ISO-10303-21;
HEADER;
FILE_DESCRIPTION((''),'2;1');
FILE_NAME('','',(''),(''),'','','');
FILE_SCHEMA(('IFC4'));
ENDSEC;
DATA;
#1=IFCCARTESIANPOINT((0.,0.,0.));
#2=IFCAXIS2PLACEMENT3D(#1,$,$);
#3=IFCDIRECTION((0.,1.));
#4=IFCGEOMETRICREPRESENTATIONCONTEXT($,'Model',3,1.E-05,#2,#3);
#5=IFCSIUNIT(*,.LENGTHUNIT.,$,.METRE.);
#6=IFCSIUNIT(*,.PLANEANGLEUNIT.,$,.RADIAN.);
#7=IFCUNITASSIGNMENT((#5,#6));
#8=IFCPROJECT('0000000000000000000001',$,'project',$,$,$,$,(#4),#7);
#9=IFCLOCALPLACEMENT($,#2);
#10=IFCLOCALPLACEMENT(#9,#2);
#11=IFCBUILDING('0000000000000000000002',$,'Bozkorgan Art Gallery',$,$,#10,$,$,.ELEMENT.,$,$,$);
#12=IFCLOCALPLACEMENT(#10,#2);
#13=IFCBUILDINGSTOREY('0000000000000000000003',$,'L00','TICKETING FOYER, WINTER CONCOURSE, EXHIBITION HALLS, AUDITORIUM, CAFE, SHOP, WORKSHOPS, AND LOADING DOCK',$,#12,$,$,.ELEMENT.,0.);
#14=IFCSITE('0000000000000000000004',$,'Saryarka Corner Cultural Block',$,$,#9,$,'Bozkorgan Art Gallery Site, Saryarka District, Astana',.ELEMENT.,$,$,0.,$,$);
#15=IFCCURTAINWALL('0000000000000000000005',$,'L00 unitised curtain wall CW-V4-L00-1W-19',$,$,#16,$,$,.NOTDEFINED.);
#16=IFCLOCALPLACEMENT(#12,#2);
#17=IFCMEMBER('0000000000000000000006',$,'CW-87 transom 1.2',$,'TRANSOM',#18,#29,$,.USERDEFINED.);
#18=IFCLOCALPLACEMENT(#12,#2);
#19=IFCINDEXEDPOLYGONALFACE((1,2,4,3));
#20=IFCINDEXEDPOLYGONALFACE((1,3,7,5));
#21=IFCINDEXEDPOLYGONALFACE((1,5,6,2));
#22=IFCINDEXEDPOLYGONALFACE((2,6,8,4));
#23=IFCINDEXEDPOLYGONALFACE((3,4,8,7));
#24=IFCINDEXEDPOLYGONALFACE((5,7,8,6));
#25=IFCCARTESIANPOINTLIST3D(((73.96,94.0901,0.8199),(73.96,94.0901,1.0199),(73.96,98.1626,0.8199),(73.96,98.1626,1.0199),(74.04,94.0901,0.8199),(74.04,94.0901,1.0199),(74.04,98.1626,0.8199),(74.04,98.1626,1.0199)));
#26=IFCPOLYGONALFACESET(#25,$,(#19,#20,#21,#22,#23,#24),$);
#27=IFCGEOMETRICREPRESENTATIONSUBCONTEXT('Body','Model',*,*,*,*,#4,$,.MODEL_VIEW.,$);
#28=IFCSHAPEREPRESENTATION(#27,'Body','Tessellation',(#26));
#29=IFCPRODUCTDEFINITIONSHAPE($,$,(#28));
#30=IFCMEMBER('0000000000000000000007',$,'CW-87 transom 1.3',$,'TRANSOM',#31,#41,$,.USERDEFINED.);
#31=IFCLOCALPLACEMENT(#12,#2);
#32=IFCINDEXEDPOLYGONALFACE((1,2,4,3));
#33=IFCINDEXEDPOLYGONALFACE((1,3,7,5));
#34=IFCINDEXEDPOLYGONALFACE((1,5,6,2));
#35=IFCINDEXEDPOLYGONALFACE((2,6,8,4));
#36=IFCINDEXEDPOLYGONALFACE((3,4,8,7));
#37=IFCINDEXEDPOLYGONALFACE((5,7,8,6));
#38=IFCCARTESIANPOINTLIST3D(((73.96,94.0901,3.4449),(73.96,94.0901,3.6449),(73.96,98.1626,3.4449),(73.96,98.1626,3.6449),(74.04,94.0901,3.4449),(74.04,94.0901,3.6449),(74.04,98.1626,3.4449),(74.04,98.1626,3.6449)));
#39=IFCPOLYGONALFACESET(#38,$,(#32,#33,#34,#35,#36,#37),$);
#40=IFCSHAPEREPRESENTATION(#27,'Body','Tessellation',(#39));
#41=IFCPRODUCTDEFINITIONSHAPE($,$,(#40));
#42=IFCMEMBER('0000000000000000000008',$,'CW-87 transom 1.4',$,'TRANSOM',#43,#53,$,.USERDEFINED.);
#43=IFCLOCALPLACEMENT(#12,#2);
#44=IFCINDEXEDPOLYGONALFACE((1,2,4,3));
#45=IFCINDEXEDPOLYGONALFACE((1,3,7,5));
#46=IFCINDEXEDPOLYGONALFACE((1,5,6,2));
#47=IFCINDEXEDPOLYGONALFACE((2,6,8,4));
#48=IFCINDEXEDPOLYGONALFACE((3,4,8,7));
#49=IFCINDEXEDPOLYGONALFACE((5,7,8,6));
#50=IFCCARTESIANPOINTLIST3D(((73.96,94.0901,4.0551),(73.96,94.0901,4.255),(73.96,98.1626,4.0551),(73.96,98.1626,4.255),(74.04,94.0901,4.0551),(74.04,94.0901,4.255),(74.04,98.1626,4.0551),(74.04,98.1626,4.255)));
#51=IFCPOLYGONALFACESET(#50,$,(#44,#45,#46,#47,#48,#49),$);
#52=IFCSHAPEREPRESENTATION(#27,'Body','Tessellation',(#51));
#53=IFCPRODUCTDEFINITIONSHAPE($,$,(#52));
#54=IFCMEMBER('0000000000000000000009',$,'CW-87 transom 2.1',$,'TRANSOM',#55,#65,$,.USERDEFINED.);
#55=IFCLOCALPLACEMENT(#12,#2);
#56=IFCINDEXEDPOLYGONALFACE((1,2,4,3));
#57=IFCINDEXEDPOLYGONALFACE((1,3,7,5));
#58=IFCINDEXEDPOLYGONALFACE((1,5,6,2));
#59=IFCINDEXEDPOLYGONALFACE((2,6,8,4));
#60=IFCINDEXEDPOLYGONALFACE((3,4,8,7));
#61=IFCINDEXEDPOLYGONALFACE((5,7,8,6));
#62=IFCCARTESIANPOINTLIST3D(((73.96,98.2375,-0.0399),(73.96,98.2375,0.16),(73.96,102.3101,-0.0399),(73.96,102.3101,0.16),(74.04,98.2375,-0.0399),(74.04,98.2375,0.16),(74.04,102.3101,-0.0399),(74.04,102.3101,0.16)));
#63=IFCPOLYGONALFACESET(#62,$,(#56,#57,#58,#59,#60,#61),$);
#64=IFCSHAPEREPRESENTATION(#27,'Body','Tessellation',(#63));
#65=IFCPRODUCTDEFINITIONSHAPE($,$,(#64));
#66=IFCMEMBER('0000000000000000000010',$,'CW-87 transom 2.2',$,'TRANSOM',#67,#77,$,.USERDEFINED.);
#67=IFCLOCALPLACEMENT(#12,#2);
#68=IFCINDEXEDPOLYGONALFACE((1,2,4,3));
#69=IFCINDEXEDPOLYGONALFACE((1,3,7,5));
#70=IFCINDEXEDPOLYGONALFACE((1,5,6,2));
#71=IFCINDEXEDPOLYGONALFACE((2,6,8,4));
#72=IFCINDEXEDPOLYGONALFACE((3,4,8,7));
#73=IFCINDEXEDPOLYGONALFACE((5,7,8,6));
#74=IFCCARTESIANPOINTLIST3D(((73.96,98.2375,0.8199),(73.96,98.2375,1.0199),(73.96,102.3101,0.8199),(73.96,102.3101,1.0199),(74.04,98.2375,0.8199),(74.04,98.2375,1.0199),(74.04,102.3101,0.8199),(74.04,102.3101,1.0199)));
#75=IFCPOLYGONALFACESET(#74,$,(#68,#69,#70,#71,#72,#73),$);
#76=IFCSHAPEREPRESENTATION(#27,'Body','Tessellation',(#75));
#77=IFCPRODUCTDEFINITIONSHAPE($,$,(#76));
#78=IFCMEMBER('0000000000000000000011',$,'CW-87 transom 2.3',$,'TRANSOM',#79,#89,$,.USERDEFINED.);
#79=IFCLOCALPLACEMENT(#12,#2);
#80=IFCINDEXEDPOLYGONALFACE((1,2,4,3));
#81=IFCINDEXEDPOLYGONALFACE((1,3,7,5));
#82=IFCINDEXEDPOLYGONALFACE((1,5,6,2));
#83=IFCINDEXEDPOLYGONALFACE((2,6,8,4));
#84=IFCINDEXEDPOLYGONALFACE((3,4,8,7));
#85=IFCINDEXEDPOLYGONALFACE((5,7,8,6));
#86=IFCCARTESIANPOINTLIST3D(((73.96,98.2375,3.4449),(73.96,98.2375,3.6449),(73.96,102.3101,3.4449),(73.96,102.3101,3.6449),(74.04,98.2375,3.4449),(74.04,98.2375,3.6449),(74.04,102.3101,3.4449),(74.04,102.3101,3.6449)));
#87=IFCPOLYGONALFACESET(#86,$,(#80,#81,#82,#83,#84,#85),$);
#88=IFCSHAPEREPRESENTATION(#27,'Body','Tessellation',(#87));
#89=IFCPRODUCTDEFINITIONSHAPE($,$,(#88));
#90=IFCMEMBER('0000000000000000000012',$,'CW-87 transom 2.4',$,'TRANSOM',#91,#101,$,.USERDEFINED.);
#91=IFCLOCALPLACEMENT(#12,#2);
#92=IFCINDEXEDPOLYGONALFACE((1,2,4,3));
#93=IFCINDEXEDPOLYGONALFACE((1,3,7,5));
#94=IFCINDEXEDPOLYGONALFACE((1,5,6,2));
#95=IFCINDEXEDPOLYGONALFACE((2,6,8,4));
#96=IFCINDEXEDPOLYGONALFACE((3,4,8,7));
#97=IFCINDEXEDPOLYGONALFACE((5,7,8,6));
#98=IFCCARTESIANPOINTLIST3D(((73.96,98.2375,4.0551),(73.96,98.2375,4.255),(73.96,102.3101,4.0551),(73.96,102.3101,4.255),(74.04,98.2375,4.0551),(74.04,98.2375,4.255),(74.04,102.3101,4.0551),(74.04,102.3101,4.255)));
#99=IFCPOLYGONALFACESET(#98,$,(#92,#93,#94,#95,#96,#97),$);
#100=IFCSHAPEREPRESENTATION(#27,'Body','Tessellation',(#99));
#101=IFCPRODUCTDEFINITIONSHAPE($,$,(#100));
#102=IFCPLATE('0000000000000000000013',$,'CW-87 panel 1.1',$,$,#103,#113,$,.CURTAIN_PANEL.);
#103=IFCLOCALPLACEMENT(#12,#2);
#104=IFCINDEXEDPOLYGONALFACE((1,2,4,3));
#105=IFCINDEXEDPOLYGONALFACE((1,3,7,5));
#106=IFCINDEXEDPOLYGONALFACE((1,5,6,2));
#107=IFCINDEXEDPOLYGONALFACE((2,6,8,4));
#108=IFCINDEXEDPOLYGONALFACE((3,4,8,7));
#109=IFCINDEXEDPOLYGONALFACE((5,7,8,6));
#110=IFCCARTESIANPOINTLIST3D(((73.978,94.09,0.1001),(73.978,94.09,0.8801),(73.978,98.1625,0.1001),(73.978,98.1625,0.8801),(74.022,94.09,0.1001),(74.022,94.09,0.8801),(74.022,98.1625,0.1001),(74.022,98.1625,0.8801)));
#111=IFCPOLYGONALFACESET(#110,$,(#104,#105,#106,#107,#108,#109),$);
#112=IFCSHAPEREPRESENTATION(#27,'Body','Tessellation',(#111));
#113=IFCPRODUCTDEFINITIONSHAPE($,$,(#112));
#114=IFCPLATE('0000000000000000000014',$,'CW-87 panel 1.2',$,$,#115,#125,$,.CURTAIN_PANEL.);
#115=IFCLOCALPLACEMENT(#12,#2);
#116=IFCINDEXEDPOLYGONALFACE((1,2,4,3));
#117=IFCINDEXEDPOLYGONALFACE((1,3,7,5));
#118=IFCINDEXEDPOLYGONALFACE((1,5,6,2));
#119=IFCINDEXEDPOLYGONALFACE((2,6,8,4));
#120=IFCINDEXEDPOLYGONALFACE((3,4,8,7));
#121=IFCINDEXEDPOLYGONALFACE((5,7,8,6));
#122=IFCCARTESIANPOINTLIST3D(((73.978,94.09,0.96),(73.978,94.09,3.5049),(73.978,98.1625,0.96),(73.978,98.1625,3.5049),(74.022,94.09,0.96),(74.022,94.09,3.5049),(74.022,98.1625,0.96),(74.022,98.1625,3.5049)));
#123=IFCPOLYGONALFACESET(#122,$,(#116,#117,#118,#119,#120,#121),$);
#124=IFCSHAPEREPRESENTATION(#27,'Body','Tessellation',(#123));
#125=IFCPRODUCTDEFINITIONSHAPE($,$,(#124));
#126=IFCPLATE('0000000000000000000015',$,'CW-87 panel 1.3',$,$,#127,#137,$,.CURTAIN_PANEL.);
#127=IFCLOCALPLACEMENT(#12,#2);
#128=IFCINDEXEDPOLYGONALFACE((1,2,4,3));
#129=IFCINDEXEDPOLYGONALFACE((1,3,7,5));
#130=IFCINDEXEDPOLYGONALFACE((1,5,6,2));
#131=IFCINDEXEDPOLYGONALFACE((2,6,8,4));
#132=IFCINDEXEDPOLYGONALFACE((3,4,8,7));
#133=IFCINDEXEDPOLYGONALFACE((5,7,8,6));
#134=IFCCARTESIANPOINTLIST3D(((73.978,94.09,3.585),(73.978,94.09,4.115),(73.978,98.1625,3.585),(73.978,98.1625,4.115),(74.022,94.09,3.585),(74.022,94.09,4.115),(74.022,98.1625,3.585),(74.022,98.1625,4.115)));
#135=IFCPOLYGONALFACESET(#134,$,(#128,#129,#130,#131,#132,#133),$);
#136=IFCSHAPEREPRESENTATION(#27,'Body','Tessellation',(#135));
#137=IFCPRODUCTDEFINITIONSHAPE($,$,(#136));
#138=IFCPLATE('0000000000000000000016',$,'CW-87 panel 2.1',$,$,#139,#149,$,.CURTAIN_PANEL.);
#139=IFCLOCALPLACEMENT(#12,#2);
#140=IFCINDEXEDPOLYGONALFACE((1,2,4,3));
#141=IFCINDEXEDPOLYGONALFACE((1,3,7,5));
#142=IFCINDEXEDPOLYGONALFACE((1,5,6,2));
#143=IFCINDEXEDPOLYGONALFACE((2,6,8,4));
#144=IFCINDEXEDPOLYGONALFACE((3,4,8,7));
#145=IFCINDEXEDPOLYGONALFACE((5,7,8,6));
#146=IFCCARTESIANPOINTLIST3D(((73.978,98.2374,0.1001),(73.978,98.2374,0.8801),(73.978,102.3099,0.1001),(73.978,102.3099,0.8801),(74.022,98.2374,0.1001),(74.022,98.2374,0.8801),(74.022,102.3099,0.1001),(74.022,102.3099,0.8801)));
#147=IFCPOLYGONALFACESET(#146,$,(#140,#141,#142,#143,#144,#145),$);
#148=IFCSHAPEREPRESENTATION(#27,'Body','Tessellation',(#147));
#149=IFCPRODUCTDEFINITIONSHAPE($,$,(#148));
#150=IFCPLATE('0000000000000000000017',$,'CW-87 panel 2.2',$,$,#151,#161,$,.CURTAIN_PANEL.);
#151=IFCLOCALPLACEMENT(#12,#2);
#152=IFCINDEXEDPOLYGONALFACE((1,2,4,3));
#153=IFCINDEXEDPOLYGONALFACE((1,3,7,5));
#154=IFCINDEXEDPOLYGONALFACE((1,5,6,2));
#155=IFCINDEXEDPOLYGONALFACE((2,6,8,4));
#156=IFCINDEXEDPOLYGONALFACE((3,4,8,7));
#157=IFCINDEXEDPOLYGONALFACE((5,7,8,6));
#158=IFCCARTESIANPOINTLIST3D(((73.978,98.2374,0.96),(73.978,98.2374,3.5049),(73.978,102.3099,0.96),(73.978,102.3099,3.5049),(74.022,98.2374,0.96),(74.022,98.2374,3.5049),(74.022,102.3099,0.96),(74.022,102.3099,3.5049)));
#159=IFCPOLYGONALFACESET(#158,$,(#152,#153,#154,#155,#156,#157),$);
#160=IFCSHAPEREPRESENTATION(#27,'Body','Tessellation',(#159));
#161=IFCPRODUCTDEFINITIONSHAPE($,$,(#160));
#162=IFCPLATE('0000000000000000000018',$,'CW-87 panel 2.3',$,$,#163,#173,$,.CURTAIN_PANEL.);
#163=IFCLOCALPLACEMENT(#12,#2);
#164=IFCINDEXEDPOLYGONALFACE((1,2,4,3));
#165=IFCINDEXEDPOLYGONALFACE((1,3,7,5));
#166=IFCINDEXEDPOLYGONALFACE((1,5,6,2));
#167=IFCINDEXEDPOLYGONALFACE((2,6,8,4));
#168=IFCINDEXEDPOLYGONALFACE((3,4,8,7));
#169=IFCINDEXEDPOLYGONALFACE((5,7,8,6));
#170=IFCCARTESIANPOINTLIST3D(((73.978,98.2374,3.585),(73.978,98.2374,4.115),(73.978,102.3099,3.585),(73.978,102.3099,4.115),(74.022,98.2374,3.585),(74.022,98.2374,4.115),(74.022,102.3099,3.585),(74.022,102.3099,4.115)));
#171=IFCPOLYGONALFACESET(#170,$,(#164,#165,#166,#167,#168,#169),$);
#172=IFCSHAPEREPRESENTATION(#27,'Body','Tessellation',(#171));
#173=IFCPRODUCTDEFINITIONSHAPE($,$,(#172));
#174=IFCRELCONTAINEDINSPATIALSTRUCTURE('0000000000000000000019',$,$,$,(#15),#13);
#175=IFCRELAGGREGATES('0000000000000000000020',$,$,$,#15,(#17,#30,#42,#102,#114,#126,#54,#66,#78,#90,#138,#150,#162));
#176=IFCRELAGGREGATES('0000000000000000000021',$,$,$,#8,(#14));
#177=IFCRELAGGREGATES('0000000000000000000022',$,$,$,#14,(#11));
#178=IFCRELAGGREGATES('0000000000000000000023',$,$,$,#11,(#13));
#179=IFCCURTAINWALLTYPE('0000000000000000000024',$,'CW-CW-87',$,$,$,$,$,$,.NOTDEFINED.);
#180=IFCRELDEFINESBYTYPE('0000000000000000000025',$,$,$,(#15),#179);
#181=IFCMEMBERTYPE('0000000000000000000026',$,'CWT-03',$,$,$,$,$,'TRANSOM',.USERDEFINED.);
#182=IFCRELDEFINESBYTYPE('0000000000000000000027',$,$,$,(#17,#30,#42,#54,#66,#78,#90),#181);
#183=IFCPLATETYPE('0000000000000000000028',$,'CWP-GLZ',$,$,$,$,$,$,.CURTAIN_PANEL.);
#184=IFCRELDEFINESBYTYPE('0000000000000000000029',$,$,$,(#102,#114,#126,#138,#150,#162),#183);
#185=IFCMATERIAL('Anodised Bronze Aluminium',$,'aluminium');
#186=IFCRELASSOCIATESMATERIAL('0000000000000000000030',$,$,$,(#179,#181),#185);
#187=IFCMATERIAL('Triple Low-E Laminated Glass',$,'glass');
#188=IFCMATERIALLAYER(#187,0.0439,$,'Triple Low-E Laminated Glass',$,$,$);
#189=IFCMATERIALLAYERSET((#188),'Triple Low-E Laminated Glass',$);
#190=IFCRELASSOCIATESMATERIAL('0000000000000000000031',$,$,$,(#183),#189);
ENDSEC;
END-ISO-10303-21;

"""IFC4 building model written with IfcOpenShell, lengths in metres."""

from ifc_helpers import new_model, si_unit, direction, frame, origin, origin_2d, place, context, subcontext, project, spatial, rectangle, extrude, material, layer, layer_set, material_profile, profile_set, type_object, element, aggregate, save


model = new_model("IFC4")

# Units and contexts
model_context = context("Model", 3, precision=1e-05, world=origin(), true_north=direction((0.0, 1.0)))
body_context = subcontext(model_context, "Body", "Model", "MODEL_VIEW")
ifc_project = project(units=[si_unit("LENGTHUNIT", "METRE"), si_unit("PLANEANGLEUNIT", "RADIAN")], contexts=[model_context])

# Site, building, storey
site_placement = place(None, origin())
site = spatial("IfcSite", under=ifc_project, at=site_placement, Name="Saryarka Corner Cultural Block", LongName="Bozkorgan Art Gallery Site, Saryarka District, Astana", CompositionType="ELEMENT", RefElevation=0.0)
building_placement = place(site_placement, origin())
building = spatial("IfcBuilding", under=site, at=building_placement, Name="Bozkorgan Art Gallery", CompositionType="ELEMENT")
storey_placement = place(building_placement, origin())
storey = spatial("IfcBuildingStorey", under=building, at=storey_placement, Name="L00", Description="TICKETING FOYER, WINTER CONCOURSE, EXHIBITION HALLS, AUDITORIUM, CAFE, SHOP, WORKSHOPS, AND LOADING DOCK", CompositionType="ELEMENT", Elevation=0.0)

# Curtain wall, members, plates
ifc_material_1 = material(Name="Anodised Bronze Aluminium", Category="aluminium")
curtain_wall_type = type_object("IfcCurtainWallType", Name="CW-CW-87", PredefinedType="NOTDEFINED", material=ifc_material_1)
curtain_wall_placement = place(storey_placement, origin())
curtain_wall = element("IfcCurtainWall", 1, at=curtain_wall_placement, inside=storey, type_object=curtain_wall_type, Name="L00 unitised curtain wall CW-V4-L00-1W-19", PredefinedType="NOTDEFINED")
ifc_material_profile_1 = material_profile(ifc_material_1, rectangle(XDim=0.0801, YDim=0.2, at=origin_2d()), Name="ALU TRANSOM 80x200")
ifc_profile_set_1 = profile_set([ifc_material_profile_1], Name="Anodised Bronze Aluminium")
member_type_1 = type_object("IfcMemberType", Name="CWT-03", ElementType="TRANSOM", PredefinedType="USERDEFINED", material=ifc_profile_set_1)
member_1_placement = place(storey_placement, frame((74.0, 94.0901, 0.9199), z_axis=(0.0, 1.0, 0.0), x_axis=(-1.0, 0.0, 0.0)))
member_1 = element("IfcMember", 2, at=member_1_placement, type_object=member_type_1, Name="CW-87 transom 1.2", ObjectType="TRANSOM", PredefinedType="USERDEFINED", context=body_context, shape_type="SweptSolid", body=[
    extrude(rectangle(XDim=0.0801, YDim=0.2, at=origin_2d()), origin(), (0.0, 0.0, 1.0), 4.0725),
])
member_2_placement = place(storey_placement, frame((74.0, 94.0901, 3.5449), z_axis=(0.0, 1.0, 0.0), x_axis=(-1.0, 0.0, 0.0)))
member_2 = element("IfcMember", 3, at=member_2_placement, type_object=member_type_1, Name="CW-87 transom 1.3", ObjectType="TRANSOM", PredefinedType="USERDEFINED", context=body_context, shape_type="SweptSolid", body=[
    extrude(rectangle(XDim=0.0801, YDim=0.2, at=origin_2d()), origin(), (0.0, 0.0, 1.0), 4.0725),
])
member_3_placement = place(storey_placement, frame((74.0, 94.0901, 4.155), z_axis=(0.0, 1.0, 0.0), x_axis=(-1.0, 0.0, 0.0)))
member_3 = element("IfcMember", 4, at=member_3_placement, type_object=member_type_1, Name="CW-87 transom 1.4", ObjectType="TRANSOM", PredefinedType="USERDEFINED", context=body_context, shape_type="SweptSolid", body=[
    extrude(rectangle(XDim=0.0801, YDim=0.2, at=origin_2d()), origin(), (0.0, 0.0, 1.0), 4.0725),
])
member_4_placement = place(storey_placement, frame((74.0, 98.2375, 0.0601), z_axis=(0.0, 1.0, 0.0), x_axis=(-1.0, 0.0, 0.0)))
member_4 = element("IfcMember", 5, at=member_4_placement, type_object=member_type_1, Name="CW-87 transom 2.1", ObjectType="TRANSOM", PredefinedType="USERDEFINED", context=body_context, shape_type="SweptSolid", body=[
    extrude(rectangle(XDim=0.0801, YDim=0.2, at=origin_2d()), origin(), (0.0, 0.0, 1.0), 4.0725),
])
member_5_placement = place(storey_placement, frame((74.0, 98.2375, 0.9199), z_axis=(0.0, 1.0, 0.0), x_axis=(-1.0, 0.0, 0.0)))
member_5 = element("IfcMember", 6, at=member_5_placement, type_object=member_type_1, Name="CW-87 transom 2.2", ObjectType="TRANSOM", PredefinedType="USERDEFINED", context=body_context, shape_type="SweptSolid", body=[
    extrude(rectangle(XDim=0.0801, YDim=0.2, at=origin_2d()), origin(), (0.0, 0.0, 1.0), 4.0725),
])
member_6_placement = place(storey_placement, frame((74.0, 98.2375, 3.5449), z_axis=(0.0, 1.0, 0.0), x_axis=(-1.0, 0.0, 0.0)))
member_6 = element("IfcMember", 7, at=member_6_placement, type_object=member_type_1, Name="CW-87 transom 2.3", ObjectType="TRANSOM", PredefinedType="USERDEFINED", context=body_context, shape_type="SweptSolid", body=[
    extrude(rectangle(XDim=0.0801, YDim=0.2, at=origin_2d()), origin(), (0.0, 0.0, 1.0), 4.0725),
])
member_7_placement = place(storey_placement, frame((74.0, 98.2375, 4.155), z_axis=(0.0, 1.0, 0.0), x_axis=(-1.0, 0.0, 0.0)))
member_7 = element("IfcMember", 8, at=member_7_placement, type_object=member_type_1, Name="CW-87 transom 2.4", ObjectType="TRANSOM", PredefinedType="USERDEFINED", context=body_context, shape_type="SweptSolid", body=[
    extrude(rectangle(XDim=0.0801, YDim=0.2, at=origin_2d()), origin(), (0.0, 0.0, 1.0), 4.0725),
])
ifc_material_2 = material(Name="Triple Low-E Laminated Glass", Category="glass")
ifc_layer_1 = layer(ifc_material_2, 0.0439, Name="Triple Low-E Laminated Glass")
ifc_layer_set_1 = layer_set([ifc_layer_1], Name="Triple Low-E Laminated Glass")
plate_type = type_object("IfcPlateType", Name="CWP-GLZ", PredefinedType="CURTAIN_PANEL", material=ifc_layer_set_1)
plate_1_placement = place(storey_placement, frame((74.0, 96.1262, 0.1001), z_axis=(0.0, 0.0, 1.0), x_axis=(0.0, 1.0, 0.0)))
plate_1 = element("IfcPlate", 9, at=plate_1_placement, type_object=plate_type, Name="CW-87 panel 1.1", PredefinedType="CURTAIN_PANEL", context=body_context, shape_type="SweptSolid", body=[
    extrude(rectangle(XDim=4.0725, YDim=0.0439, at=origin_2d()), origin(), (0.0, 0.0, 1.0), 0.78),
])
plate_2_placement = place(storey_placement, frame((74.0, 96.1262, 0.96), z_axis=(0.0, 0.0, 1.0), x_axis=(0.0, 1.0, 0.0)))
plate_2 = element("IfcPlate", 10, at=plate_2_placement, type_object=plate_type, Name="CW-87 panel 1.2", PredefinedType="CURTAIN_PANEL", context=body_context, shape_type="SweptSolid", body=[
    extrude(rectangle(XDim=4.0725, YDim=0.0439, at=origin_2d()), origin(), (0.0, 0.0, 1.0), 2.5449),
])
plate_3_placement = place(storey_placement, frame((74.0, 96.1262, 3.585), z_axis=(0.0, 0.0, 1.0), x_axis=(0.0, 1.0, 0.0)))
plate_3 = element("IfcPlate", 11, at=plate_3_placement, type_object=plate_type, Name="CW-87 panel 1.3", PredefinedType="CURTAIN_PANEL", context=body_context, shape_type="SweptSolid", body=[
    extrude(rectangle(XDim=4.0725, YDim=0.0439, at=origin_2d()), origin(), (0.0, 0.0, 1.0), 0.53),
])
plate_4_placement = place(storey_placement, frame((74.0, 100.2737, 0.1001), z_axis=(0.0, 0.0, 1.0), x_axis=(0.0, 1.0, 0.0)))
plate_4 = element("IfcPlate", 12, at=plate_4_placement, type_object=plate_type, Name="CW-87 panel 2.1", PredefinedType="CURTAIN_PANEL", context=body_context, shape_type="SweptSolid", body=[
    extrude(rectangle(XDim=4.0725, YDim=0.0439, at=origin_2d()), origin(), (0.0, 0.0, 1.0), 0.78),
])
plate_5_placement = place(storey_placement, frame((74.0, 100.2737, 0.96), z_axis=(0.0, 0.0, 1.0), x_axis=(0.0, 1.0, 0.0)))
plate_5 = element("IfcPlate", 13, at=plate_5_placement, type_object=plate_type, Name="CW-87 panel 2.2", PredefinedType="CURTAIN_PANEL", context=body_context, shape_type="SweptSolid", body=[
    extrude(rectangle(XDim=4.0725, YDim=0.0439, at=origin_2d()), origin(), (0.0, 0.0, 1.0), 2.5449),
])
plate_6_placement = place(storey_placement, frame((74.0, 100.2737, 3.585), z_axis=(0.0, 0.0, 1.0), x_axis=(0.0, 1.0, 0.0)))
plate_6 = element("IfcPlate", 14, at=plate_6_placement, type_object=plate_type, Name="CW-87 panel 2.3", PredefinedType="CURTAIN_PANEL", context=body_context, shape_type="SweptSolid", body=[
    extrude(rectangle(XDim=4.0725, YDim=0.0439, at=origin_2d()), origin(), (0.0, 0.0, 1.0), 0.53),
])
aggregate(curtain_wall, [member_1, member_2, member_3, plate_1, plate_2, plate_3, member_4, member_5, member_6, member_7, plate_4, plate_5, plate_6])

save(model, "model.ifc")
